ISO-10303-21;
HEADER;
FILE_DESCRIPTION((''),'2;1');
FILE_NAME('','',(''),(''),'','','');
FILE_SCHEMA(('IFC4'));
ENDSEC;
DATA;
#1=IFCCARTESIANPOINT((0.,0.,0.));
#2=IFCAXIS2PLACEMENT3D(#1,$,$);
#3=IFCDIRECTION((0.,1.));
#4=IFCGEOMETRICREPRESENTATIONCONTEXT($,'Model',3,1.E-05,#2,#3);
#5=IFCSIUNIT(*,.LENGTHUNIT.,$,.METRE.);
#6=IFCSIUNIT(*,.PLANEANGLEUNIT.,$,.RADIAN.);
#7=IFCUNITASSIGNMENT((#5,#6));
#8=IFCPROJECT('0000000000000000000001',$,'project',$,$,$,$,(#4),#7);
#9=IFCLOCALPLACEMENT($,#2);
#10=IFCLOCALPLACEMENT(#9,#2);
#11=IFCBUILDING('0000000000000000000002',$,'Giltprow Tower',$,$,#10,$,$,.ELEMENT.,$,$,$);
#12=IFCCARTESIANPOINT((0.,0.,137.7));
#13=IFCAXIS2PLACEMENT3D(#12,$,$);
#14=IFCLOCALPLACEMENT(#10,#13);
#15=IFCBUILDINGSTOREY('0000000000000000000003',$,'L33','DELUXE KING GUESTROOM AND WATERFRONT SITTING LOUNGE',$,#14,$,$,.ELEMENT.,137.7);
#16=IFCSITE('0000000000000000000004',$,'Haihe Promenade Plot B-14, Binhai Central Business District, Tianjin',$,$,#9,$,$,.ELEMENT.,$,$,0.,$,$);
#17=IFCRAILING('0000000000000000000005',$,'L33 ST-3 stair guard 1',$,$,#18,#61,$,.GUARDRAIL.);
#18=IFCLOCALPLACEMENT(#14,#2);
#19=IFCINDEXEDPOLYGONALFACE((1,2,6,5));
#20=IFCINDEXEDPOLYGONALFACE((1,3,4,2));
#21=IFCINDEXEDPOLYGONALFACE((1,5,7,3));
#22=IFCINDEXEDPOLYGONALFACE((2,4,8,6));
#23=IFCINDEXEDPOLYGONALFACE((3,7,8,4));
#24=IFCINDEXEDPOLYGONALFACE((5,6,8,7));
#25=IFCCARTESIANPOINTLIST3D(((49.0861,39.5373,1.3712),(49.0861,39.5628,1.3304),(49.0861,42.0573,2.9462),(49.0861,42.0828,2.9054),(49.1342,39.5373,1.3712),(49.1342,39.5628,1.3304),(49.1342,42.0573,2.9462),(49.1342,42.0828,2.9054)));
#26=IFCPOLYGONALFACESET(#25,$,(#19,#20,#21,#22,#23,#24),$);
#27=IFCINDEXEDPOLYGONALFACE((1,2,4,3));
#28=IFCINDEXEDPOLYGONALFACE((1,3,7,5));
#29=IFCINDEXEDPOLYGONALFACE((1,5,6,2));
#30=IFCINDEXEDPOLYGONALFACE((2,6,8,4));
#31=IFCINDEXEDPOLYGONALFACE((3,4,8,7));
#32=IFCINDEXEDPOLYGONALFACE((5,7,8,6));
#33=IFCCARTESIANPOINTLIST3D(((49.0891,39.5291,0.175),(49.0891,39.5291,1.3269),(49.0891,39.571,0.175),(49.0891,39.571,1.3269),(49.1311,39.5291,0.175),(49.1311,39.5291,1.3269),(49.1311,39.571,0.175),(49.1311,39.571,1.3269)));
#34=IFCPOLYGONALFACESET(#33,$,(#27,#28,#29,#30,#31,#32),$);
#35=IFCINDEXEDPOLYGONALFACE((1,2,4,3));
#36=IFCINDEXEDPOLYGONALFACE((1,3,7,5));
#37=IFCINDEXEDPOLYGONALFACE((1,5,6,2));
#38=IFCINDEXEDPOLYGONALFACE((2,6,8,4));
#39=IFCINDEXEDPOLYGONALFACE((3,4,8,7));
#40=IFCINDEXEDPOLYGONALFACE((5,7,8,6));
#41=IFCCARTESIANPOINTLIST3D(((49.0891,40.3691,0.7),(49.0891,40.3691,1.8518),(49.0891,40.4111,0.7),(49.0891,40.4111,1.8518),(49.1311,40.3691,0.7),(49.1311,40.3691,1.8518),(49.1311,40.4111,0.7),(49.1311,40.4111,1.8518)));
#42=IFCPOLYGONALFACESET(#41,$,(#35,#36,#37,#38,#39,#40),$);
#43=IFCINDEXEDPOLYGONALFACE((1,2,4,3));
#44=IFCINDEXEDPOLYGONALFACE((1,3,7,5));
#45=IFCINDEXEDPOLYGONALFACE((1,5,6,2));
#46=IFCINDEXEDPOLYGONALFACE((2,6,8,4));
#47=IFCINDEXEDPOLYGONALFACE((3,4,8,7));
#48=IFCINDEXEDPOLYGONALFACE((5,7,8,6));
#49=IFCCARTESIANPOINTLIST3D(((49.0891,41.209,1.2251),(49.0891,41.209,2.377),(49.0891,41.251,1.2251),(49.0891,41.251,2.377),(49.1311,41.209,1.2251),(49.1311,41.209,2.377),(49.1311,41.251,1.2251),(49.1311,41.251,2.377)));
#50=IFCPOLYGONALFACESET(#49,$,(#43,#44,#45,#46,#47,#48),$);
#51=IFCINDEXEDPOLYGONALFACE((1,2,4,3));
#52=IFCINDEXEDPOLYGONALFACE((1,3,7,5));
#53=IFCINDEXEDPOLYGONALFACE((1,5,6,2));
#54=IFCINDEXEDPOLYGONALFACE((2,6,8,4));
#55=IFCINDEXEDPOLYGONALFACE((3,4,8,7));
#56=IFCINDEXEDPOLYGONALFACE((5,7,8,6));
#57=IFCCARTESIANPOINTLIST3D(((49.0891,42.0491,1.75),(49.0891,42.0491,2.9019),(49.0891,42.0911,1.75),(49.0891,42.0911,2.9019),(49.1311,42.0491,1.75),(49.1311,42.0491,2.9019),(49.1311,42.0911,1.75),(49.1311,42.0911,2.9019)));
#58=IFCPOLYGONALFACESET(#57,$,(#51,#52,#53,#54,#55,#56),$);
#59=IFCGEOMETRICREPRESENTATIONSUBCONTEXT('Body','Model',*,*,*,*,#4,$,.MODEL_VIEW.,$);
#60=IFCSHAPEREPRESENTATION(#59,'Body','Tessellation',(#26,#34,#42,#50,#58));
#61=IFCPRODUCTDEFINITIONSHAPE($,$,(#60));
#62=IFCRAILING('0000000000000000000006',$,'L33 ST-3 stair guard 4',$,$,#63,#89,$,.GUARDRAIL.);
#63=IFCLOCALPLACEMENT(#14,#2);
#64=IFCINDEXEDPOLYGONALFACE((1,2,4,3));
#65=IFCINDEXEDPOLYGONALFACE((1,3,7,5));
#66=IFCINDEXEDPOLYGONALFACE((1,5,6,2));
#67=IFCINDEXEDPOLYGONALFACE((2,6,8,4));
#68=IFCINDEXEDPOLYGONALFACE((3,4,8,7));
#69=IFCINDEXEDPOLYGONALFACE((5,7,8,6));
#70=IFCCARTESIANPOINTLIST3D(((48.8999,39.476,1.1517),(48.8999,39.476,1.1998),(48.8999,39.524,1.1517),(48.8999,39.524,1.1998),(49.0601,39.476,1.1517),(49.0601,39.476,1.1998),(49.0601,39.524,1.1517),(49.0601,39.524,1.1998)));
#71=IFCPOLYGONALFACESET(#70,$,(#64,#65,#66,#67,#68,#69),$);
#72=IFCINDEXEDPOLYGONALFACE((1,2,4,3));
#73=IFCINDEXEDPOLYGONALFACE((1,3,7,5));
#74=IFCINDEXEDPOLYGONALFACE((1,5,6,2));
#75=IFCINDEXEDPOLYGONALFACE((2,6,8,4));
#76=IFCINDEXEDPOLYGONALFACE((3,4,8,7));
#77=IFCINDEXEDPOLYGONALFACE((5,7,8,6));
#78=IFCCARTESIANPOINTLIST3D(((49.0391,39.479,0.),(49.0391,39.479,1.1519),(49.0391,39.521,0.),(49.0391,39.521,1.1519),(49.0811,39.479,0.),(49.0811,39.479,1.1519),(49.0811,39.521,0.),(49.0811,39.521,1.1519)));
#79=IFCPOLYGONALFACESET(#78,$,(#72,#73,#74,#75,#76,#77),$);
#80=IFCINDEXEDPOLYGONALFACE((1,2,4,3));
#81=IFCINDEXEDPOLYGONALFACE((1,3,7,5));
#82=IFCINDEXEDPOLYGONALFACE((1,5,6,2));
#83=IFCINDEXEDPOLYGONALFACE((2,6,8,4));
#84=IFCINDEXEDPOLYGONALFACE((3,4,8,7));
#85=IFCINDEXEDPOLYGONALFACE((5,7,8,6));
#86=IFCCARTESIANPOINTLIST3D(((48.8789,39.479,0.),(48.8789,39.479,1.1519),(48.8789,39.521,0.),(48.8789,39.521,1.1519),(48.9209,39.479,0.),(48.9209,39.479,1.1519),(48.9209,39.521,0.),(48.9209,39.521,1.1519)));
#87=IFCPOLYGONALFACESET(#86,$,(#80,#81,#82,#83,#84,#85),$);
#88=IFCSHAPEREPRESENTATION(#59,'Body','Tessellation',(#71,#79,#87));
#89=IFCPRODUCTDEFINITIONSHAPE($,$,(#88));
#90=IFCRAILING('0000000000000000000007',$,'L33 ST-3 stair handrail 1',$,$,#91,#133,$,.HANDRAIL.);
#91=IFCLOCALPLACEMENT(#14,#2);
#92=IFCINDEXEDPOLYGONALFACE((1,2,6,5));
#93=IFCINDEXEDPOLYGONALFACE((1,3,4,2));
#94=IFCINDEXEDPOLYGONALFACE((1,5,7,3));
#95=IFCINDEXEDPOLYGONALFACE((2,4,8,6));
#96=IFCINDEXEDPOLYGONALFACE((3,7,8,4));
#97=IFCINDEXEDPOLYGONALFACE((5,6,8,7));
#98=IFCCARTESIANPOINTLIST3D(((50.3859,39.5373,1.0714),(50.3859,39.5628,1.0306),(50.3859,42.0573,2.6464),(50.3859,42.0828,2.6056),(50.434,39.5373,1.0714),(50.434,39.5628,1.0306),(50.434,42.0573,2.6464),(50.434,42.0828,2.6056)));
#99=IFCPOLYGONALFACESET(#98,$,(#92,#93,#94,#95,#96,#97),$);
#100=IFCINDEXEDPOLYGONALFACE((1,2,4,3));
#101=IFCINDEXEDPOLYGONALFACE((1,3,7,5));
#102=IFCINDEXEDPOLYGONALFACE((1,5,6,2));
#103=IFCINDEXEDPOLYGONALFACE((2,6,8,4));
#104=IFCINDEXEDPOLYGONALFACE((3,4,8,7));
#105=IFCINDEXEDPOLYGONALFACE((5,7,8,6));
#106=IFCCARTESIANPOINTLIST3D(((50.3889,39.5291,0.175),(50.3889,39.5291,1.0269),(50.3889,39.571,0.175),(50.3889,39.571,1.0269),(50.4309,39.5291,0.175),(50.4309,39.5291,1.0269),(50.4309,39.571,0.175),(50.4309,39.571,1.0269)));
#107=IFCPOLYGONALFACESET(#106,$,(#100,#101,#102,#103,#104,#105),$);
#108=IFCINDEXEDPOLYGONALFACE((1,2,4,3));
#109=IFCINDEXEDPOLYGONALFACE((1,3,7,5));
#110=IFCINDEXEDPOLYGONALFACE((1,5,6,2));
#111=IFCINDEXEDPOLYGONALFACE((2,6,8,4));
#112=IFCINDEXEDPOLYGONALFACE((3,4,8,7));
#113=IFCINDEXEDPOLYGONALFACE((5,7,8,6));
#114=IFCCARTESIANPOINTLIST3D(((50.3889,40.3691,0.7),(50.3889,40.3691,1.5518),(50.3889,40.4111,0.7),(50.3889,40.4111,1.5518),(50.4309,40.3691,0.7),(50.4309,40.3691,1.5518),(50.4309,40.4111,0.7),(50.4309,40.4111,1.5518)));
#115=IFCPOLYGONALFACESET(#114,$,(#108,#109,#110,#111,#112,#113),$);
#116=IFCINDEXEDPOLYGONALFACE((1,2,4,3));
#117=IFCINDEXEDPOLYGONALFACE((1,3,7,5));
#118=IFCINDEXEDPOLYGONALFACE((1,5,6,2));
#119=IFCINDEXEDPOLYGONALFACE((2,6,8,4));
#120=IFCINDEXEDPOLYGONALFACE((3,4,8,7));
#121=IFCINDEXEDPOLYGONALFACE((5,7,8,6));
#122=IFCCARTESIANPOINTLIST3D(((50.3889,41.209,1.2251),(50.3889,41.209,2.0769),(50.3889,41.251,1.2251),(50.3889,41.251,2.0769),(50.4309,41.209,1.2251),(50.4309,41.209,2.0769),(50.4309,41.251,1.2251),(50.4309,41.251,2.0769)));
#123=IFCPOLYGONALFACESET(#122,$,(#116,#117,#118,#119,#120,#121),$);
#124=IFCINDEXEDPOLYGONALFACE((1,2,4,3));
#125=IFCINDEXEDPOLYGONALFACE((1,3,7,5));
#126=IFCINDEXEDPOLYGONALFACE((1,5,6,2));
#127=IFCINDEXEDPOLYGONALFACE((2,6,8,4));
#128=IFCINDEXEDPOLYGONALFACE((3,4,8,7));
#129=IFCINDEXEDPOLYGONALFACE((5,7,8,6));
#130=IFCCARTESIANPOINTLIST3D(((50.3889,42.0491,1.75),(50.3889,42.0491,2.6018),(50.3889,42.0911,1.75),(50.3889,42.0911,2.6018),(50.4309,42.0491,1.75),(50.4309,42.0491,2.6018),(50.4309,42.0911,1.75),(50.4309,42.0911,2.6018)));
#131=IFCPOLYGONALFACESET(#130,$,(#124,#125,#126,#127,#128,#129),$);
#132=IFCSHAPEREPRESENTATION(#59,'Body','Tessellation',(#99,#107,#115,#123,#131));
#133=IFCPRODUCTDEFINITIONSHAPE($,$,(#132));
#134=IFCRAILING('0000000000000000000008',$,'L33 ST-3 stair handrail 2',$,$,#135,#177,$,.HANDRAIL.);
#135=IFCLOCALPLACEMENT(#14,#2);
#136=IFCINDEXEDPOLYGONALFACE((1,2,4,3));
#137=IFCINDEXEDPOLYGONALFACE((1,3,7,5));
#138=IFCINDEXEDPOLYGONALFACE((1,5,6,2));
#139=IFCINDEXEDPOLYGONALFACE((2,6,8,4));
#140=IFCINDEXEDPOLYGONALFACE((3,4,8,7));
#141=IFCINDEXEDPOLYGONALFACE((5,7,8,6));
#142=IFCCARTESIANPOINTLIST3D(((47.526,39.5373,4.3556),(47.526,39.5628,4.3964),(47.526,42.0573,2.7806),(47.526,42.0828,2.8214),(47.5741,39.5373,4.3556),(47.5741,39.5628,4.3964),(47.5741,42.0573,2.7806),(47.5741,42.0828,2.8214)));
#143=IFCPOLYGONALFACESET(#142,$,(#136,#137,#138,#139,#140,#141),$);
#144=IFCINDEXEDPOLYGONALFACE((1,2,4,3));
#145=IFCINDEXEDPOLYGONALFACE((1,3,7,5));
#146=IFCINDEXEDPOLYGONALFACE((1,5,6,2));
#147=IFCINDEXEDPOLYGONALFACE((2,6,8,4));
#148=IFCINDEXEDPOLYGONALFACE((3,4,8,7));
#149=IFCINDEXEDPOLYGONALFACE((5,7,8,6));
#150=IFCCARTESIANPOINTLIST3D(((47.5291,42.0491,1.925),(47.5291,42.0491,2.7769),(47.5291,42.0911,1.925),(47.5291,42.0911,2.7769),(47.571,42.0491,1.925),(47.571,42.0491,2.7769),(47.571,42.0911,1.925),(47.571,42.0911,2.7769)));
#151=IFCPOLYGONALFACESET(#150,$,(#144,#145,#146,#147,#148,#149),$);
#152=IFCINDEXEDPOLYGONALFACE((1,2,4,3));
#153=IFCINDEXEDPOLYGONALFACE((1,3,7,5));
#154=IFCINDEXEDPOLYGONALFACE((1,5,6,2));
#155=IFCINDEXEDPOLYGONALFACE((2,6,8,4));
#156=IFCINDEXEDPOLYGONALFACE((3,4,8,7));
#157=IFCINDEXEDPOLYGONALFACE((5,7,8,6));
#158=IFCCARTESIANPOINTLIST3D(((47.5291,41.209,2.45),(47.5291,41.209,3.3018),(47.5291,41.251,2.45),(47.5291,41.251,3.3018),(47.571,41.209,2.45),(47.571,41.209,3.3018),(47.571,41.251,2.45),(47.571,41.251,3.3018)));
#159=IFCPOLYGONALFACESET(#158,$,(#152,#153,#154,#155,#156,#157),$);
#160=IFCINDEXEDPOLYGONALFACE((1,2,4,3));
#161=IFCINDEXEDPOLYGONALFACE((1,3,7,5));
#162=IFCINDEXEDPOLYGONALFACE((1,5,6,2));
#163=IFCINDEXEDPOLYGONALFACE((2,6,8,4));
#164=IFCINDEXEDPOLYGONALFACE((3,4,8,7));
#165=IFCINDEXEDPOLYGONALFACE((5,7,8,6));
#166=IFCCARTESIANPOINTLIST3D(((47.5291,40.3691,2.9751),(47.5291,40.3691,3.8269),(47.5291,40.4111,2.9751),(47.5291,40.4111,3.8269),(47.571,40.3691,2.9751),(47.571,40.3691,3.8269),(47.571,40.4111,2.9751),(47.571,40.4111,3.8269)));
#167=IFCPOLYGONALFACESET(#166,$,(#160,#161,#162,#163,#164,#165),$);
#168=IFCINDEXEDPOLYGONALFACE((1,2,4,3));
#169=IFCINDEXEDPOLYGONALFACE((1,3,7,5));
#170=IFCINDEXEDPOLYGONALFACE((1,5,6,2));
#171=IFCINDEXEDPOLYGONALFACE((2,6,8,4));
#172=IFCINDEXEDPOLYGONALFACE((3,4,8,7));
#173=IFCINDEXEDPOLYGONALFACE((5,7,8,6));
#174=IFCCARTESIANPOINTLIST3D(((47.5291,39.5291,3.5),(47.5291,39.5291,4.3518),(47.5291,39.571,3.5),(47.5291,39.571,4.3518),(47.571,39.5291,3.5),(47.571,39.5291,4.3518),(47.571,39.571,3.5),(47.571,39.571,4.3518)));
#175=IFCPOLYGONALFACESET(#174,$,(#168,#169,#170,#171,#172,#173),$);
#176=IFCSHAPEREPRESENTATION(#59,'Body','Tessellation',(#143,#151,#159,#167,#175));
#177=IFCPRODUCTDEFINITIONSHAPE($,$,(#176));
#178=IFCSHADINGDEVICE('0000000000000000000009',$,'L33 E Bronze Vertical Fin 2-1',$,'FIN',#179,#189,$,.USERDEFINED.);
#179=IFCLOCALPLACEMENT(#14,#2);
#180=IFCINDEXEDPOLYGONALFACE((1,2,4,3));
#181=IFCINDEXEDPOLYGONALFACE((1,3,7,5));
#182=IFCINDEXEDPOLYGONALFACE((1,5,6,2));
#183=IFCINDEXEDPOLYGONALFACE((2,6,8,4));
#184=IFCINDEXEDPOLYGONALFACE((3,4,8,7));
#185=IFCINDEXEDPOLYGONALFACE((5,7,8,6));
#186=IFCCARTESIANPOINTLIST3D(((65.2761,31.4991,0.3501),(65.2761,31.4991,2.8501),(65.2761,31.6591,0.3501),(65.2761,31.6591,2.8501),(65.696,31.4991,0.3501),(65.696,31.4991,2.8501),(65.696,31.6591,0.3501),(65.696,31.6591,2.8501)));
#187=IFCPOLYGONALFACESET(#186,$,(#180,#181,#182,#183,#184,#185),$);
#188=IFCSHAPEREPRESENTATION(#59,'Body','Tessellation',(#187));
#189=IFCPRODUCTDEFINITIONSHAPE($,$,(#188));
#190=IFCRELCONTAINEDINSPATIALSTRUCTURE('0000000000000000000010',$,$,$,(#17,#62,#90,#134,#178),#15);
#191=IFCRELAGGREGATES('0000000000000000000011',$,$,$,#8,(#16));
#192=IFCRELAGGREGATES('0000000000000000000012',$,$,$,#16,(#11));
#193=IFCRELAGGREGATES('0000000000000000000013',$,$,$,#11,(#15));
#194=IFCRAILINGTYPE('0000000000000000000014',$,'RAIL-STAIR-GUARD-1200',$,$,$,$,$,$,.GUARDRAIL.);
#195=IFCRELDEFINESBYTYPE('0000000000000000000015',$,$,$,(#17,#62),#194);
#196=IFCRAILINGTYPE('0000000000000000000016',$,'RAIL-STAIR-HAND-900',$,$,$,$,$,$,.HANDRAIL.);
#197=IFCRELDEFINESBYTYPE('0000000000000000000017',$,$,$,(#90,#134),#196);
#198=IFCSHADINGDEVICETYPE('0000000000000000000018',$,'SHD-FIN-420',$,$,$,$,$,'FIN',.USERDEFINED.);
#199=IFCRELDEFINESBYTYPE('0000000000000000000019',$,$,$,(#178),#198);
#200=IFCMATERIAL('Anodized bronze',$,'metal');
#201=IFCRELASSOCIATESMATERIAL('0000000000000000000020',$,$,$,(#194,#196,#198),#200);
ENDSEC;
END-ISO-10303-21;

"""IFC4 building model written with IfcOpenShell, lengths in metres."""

from ifc_helpers import new_model, si_unit, direction, frame, origin, origin_2d, place, context, subcontext, project, spatial, rectangle, extrude, source, transform, mapped, material, type_object, element, save


model = new_model("IFC4")

# Units and contexts
model_context = context("Model", 3, precision=1e-05, world=origin(), true_north=direction((0.0, 1.0)))
body_context = subcontext(model_context, "Body", "Model", "MODEL_VIEW")
ifc_project = project(units=[si_unit("LENGTHUNIT", "METRE"), si_unit("PLANEANGLEUNIT", "RADIAN")], contexts=[model_context])

# Site, building, storey
site_placement = place(None, origin())
site = spatial("IfcSite", under=ifc_project, at=site_placement, Name="Haihe Promenade Plot B-14, Binhai Central Business District, Tianjin", CompositionType="ELEMENT", RefElevation=0.0)
building_placement = place(site_placement, origin())
building = spatial("IfcBuilding", under=site, at=building_placement, Name="Giltprow Tower", CompositionType="ELEMENT")
storey_placement = place(building_placement, frame((0.0, 0.0, 137.7)))
storey = spatial("IfcBuildingStorey", under=building, at=storey_placement, Name="L33", Description="DELUXE KING GUESTROOM AND WATERFRONT SITTING LOUNGE", CompositionType="ELEMENT", Elevation=137.7)

# Railings
ifc_material_1 = material(Name="Anodized bronze", Category="metal")
railing_type_1 = type_object("IfcRailingType", Name="RAIL-STAIR-GUARD-1200", PredefinedType="GUARDRAIL", material=ifc_material_1)
railing_1_placement = place(storey_placement, frame((49.1101, 39.55, 0.175)))
element("IfcRailing", 1, at=railing_1_placement, inside=storey, type_object=railing_type_1, Name="L33 ST-3 stair guard 1", PredefinedType="GUARDRAIL", context=body_context, shape_type="SweptSolid", body=[
    extrude(rectangle(XDim=0.0481, YDim=0.0481, at=origin_2d()), frame((0.0, 0.0, 1.1758), z_axis=(0.0, 0.848008, 0.529984), x_axis=(-1.0, 0.0, 0.0)), (0.0, 0.0, 1.0), 2.9717),
    extrude(rectangle(XDim=0.042, YDim=0.042, at=origin_2d()), origin(), (0.0, 0.0, 1.0), 1.1519),
    extrude(rectangle(XDim=0.042, YDim=0.042, at=origin_2d()), frame((0.0, 0.8401, 0.5249)), (0.0, 0.0, 1.0), 1.1519),
    extrude(rectangle(XDim=0.042, YDim=0.042, at=origin_2d()), frame((0.0, 1.6799, 1.05)), (0.0, 0.0, 1.0), 1.1519),
    extrude(rectangle(XDim=0.042, YDim=0.042, at=origin_2d()), frame((0.0, 2.52, 1.575)), (0.0, 0.0, 1.0), 1.1519),
])
railing_2_placement = place(storey_placement, frame((49.0601, 39.5, 0.0)))
element("IfcRailing", 2, at=railing_2_placement, inside=storey, type_object=railing_type_1, Name="L33 ST-3 stair guard 4", PredefinedType="GUARDRAIL", context=body_context, shape_type="SweptSolid", body=[
    extrude(rectangle(XDim=0.0481, YDim=0.0481, at=origin_2d()), frame((0.0, 0.0, 1.1758), z_axis=(-1.0, 0.0, 0.0), x_axis=(0.0, -1.0, 0.0)), (0.0, 0.0, 1.0), 0.1602),
    extrude(rectangle(XDim=0.042, YDim=0.042, at=origin_2d()), origin(), (0.0, 0.0, 1.0), 1.1519),
    extrude(rectangle(XDim=0.042, YDim=0.042, at=origin_2d()), frame((-0.1602, 0.0, 0.0)), (0.0, 0.0, 1.0), 1.1519),
])
railing_type_2 = type_object("IfcRailingType", Name="RAIL-STAIR-HAND-900", PredefinedType="HANDRAIL", material=ifc_material_1)
railing_3_placement = place(storey_placement, frame((50.4099, 39.55, 0.175)))
element("IfcRailing", 3, at=railing_3_placement, inside=storey, type_object=railing_type_2, Name="L33 ST-3 stair handrail 1", PredefinedType="HANDRAIL", context=body_context, shape_type="SweptSolid", body=[
    extrude(rectangle(XDim=0.0481, YDim=0.0481, at=origin_2d()), frame((0.0, 0.0, 0.876), z_axis=(0.0, 0.848008, 0.529984), x_axis=(-1.0, 0.0, 0.0)), (0.0, 0.0, 1.0), 2.9717),
    extrude(rectangle(XDim=0.042, YDim=0.042, at=origin_2d()), origin(), (0.0, 0.0, 1.0), 0.8518),
    extrude(rectangle(XDim=0.042, YDim=0.042, at=origin_2d()), frame((0.0, 0.8401, 0.5249)), (0.0, 0.0, 1.0), 0.8518),
    extrude(rectangle(XDim=0.042, YDim=0.042, at=origin_2d()), frame((0.0, 1.6799, 1.05)), (0.0, 0.0, 1.0), 0.8518),
    extrude(rectangle(XDim=0.042, YDim=0.042, at=origin_2d()), frame((0.0, 2.52, 1.575)), (0.0, 0.0, 1.0), 0.8518),
])
railing_4_placement = place(storey_placement, frame((47.55, 42.0701, 1.925)))
element("IfcRailing", 4, at=railing_4_placement, inside=storey, type_object=railing_type_2, Name="L33 ST-3 stair handrail 2", PredefinedType="HANDRAIL", context=body_context, shape_type="SweptSolid", body=[
    extrude(rectangle(XDim=0.0481, YDim=0.0481, at=origin_2d()), frame((0.0, 0.0, 0.876), z_axis=(0.0, -0.848008, 0.529984), x_axis=(1.0, 0.0, 0.0)), (0.0, 0.0, 1.0), 2.9717),
    extrude(rectangle(XDim=0.042, YDim=0.042, at=origin_2d()), origin(), (0.0, 0.0, 1.0), 0.8518),
    extrude(rectangle(XDim=0.042, YDim=0.042, at=origin_2d()), frame((0.0, -0.8401, 0.5249)), (0.0, 0.0, 1.0), 0.8518),
    extrude(rectangle(XDim=0.042, YDim=0.042, at=origin_2d()), frame((0.0, -1.6799, 1.05)), (0.0, 0.0, 1.0), 0.8518),
    extrude(rectangle(XDim=0.042, YDim=0.042, at=origin_2d()), frame((0.0, -2.52, 1.575)), (0.0, 0.0, 1.0), 0.8518),
])

# Shading device
shading_device_type = type_object("IfcShadingDeviceType", Name="SHD-FIN-420", ElementType="FIN", PredefinedType="USERDEFINED", material=ifc_material_1)
shared_shape_1 = source(origin(), body_context, "Body", "SweptSolid", [
    extrude(rectangle(XDim=0.4199, YDim=0.1599, at=origin_2d()), origin(), (0.0, 0.0, 1.0), 2.5),
])
shading_device_placement = place(storey_placement, frame((65.4861, 31.5791, 0.3501), z_axis=(0.0, 0.0, 1.0), x_axis=(1.0, 0.0, 0.0)))
element("IfcShadingDevice", 5, at=shading_device_placement, inside=storey, type_object=shading_device_type, Name="L33 E Bronze Vertical Fin 2-1", ObjectType="FIN", PredefinedType="USERDEFINED", context=body_context, shape_type="MappedRepresentation", body=[
    mapped(shared_shape_1, transform((0.0, 0.0, 0.0), x_axis=(1.0, 0.0, 0.0), y_axis=(0.0, 1.0, 0.0), z_axis=(0.0, 0.0, 1.0), scale=1.0)),
])

save(model, "model.ifc")
